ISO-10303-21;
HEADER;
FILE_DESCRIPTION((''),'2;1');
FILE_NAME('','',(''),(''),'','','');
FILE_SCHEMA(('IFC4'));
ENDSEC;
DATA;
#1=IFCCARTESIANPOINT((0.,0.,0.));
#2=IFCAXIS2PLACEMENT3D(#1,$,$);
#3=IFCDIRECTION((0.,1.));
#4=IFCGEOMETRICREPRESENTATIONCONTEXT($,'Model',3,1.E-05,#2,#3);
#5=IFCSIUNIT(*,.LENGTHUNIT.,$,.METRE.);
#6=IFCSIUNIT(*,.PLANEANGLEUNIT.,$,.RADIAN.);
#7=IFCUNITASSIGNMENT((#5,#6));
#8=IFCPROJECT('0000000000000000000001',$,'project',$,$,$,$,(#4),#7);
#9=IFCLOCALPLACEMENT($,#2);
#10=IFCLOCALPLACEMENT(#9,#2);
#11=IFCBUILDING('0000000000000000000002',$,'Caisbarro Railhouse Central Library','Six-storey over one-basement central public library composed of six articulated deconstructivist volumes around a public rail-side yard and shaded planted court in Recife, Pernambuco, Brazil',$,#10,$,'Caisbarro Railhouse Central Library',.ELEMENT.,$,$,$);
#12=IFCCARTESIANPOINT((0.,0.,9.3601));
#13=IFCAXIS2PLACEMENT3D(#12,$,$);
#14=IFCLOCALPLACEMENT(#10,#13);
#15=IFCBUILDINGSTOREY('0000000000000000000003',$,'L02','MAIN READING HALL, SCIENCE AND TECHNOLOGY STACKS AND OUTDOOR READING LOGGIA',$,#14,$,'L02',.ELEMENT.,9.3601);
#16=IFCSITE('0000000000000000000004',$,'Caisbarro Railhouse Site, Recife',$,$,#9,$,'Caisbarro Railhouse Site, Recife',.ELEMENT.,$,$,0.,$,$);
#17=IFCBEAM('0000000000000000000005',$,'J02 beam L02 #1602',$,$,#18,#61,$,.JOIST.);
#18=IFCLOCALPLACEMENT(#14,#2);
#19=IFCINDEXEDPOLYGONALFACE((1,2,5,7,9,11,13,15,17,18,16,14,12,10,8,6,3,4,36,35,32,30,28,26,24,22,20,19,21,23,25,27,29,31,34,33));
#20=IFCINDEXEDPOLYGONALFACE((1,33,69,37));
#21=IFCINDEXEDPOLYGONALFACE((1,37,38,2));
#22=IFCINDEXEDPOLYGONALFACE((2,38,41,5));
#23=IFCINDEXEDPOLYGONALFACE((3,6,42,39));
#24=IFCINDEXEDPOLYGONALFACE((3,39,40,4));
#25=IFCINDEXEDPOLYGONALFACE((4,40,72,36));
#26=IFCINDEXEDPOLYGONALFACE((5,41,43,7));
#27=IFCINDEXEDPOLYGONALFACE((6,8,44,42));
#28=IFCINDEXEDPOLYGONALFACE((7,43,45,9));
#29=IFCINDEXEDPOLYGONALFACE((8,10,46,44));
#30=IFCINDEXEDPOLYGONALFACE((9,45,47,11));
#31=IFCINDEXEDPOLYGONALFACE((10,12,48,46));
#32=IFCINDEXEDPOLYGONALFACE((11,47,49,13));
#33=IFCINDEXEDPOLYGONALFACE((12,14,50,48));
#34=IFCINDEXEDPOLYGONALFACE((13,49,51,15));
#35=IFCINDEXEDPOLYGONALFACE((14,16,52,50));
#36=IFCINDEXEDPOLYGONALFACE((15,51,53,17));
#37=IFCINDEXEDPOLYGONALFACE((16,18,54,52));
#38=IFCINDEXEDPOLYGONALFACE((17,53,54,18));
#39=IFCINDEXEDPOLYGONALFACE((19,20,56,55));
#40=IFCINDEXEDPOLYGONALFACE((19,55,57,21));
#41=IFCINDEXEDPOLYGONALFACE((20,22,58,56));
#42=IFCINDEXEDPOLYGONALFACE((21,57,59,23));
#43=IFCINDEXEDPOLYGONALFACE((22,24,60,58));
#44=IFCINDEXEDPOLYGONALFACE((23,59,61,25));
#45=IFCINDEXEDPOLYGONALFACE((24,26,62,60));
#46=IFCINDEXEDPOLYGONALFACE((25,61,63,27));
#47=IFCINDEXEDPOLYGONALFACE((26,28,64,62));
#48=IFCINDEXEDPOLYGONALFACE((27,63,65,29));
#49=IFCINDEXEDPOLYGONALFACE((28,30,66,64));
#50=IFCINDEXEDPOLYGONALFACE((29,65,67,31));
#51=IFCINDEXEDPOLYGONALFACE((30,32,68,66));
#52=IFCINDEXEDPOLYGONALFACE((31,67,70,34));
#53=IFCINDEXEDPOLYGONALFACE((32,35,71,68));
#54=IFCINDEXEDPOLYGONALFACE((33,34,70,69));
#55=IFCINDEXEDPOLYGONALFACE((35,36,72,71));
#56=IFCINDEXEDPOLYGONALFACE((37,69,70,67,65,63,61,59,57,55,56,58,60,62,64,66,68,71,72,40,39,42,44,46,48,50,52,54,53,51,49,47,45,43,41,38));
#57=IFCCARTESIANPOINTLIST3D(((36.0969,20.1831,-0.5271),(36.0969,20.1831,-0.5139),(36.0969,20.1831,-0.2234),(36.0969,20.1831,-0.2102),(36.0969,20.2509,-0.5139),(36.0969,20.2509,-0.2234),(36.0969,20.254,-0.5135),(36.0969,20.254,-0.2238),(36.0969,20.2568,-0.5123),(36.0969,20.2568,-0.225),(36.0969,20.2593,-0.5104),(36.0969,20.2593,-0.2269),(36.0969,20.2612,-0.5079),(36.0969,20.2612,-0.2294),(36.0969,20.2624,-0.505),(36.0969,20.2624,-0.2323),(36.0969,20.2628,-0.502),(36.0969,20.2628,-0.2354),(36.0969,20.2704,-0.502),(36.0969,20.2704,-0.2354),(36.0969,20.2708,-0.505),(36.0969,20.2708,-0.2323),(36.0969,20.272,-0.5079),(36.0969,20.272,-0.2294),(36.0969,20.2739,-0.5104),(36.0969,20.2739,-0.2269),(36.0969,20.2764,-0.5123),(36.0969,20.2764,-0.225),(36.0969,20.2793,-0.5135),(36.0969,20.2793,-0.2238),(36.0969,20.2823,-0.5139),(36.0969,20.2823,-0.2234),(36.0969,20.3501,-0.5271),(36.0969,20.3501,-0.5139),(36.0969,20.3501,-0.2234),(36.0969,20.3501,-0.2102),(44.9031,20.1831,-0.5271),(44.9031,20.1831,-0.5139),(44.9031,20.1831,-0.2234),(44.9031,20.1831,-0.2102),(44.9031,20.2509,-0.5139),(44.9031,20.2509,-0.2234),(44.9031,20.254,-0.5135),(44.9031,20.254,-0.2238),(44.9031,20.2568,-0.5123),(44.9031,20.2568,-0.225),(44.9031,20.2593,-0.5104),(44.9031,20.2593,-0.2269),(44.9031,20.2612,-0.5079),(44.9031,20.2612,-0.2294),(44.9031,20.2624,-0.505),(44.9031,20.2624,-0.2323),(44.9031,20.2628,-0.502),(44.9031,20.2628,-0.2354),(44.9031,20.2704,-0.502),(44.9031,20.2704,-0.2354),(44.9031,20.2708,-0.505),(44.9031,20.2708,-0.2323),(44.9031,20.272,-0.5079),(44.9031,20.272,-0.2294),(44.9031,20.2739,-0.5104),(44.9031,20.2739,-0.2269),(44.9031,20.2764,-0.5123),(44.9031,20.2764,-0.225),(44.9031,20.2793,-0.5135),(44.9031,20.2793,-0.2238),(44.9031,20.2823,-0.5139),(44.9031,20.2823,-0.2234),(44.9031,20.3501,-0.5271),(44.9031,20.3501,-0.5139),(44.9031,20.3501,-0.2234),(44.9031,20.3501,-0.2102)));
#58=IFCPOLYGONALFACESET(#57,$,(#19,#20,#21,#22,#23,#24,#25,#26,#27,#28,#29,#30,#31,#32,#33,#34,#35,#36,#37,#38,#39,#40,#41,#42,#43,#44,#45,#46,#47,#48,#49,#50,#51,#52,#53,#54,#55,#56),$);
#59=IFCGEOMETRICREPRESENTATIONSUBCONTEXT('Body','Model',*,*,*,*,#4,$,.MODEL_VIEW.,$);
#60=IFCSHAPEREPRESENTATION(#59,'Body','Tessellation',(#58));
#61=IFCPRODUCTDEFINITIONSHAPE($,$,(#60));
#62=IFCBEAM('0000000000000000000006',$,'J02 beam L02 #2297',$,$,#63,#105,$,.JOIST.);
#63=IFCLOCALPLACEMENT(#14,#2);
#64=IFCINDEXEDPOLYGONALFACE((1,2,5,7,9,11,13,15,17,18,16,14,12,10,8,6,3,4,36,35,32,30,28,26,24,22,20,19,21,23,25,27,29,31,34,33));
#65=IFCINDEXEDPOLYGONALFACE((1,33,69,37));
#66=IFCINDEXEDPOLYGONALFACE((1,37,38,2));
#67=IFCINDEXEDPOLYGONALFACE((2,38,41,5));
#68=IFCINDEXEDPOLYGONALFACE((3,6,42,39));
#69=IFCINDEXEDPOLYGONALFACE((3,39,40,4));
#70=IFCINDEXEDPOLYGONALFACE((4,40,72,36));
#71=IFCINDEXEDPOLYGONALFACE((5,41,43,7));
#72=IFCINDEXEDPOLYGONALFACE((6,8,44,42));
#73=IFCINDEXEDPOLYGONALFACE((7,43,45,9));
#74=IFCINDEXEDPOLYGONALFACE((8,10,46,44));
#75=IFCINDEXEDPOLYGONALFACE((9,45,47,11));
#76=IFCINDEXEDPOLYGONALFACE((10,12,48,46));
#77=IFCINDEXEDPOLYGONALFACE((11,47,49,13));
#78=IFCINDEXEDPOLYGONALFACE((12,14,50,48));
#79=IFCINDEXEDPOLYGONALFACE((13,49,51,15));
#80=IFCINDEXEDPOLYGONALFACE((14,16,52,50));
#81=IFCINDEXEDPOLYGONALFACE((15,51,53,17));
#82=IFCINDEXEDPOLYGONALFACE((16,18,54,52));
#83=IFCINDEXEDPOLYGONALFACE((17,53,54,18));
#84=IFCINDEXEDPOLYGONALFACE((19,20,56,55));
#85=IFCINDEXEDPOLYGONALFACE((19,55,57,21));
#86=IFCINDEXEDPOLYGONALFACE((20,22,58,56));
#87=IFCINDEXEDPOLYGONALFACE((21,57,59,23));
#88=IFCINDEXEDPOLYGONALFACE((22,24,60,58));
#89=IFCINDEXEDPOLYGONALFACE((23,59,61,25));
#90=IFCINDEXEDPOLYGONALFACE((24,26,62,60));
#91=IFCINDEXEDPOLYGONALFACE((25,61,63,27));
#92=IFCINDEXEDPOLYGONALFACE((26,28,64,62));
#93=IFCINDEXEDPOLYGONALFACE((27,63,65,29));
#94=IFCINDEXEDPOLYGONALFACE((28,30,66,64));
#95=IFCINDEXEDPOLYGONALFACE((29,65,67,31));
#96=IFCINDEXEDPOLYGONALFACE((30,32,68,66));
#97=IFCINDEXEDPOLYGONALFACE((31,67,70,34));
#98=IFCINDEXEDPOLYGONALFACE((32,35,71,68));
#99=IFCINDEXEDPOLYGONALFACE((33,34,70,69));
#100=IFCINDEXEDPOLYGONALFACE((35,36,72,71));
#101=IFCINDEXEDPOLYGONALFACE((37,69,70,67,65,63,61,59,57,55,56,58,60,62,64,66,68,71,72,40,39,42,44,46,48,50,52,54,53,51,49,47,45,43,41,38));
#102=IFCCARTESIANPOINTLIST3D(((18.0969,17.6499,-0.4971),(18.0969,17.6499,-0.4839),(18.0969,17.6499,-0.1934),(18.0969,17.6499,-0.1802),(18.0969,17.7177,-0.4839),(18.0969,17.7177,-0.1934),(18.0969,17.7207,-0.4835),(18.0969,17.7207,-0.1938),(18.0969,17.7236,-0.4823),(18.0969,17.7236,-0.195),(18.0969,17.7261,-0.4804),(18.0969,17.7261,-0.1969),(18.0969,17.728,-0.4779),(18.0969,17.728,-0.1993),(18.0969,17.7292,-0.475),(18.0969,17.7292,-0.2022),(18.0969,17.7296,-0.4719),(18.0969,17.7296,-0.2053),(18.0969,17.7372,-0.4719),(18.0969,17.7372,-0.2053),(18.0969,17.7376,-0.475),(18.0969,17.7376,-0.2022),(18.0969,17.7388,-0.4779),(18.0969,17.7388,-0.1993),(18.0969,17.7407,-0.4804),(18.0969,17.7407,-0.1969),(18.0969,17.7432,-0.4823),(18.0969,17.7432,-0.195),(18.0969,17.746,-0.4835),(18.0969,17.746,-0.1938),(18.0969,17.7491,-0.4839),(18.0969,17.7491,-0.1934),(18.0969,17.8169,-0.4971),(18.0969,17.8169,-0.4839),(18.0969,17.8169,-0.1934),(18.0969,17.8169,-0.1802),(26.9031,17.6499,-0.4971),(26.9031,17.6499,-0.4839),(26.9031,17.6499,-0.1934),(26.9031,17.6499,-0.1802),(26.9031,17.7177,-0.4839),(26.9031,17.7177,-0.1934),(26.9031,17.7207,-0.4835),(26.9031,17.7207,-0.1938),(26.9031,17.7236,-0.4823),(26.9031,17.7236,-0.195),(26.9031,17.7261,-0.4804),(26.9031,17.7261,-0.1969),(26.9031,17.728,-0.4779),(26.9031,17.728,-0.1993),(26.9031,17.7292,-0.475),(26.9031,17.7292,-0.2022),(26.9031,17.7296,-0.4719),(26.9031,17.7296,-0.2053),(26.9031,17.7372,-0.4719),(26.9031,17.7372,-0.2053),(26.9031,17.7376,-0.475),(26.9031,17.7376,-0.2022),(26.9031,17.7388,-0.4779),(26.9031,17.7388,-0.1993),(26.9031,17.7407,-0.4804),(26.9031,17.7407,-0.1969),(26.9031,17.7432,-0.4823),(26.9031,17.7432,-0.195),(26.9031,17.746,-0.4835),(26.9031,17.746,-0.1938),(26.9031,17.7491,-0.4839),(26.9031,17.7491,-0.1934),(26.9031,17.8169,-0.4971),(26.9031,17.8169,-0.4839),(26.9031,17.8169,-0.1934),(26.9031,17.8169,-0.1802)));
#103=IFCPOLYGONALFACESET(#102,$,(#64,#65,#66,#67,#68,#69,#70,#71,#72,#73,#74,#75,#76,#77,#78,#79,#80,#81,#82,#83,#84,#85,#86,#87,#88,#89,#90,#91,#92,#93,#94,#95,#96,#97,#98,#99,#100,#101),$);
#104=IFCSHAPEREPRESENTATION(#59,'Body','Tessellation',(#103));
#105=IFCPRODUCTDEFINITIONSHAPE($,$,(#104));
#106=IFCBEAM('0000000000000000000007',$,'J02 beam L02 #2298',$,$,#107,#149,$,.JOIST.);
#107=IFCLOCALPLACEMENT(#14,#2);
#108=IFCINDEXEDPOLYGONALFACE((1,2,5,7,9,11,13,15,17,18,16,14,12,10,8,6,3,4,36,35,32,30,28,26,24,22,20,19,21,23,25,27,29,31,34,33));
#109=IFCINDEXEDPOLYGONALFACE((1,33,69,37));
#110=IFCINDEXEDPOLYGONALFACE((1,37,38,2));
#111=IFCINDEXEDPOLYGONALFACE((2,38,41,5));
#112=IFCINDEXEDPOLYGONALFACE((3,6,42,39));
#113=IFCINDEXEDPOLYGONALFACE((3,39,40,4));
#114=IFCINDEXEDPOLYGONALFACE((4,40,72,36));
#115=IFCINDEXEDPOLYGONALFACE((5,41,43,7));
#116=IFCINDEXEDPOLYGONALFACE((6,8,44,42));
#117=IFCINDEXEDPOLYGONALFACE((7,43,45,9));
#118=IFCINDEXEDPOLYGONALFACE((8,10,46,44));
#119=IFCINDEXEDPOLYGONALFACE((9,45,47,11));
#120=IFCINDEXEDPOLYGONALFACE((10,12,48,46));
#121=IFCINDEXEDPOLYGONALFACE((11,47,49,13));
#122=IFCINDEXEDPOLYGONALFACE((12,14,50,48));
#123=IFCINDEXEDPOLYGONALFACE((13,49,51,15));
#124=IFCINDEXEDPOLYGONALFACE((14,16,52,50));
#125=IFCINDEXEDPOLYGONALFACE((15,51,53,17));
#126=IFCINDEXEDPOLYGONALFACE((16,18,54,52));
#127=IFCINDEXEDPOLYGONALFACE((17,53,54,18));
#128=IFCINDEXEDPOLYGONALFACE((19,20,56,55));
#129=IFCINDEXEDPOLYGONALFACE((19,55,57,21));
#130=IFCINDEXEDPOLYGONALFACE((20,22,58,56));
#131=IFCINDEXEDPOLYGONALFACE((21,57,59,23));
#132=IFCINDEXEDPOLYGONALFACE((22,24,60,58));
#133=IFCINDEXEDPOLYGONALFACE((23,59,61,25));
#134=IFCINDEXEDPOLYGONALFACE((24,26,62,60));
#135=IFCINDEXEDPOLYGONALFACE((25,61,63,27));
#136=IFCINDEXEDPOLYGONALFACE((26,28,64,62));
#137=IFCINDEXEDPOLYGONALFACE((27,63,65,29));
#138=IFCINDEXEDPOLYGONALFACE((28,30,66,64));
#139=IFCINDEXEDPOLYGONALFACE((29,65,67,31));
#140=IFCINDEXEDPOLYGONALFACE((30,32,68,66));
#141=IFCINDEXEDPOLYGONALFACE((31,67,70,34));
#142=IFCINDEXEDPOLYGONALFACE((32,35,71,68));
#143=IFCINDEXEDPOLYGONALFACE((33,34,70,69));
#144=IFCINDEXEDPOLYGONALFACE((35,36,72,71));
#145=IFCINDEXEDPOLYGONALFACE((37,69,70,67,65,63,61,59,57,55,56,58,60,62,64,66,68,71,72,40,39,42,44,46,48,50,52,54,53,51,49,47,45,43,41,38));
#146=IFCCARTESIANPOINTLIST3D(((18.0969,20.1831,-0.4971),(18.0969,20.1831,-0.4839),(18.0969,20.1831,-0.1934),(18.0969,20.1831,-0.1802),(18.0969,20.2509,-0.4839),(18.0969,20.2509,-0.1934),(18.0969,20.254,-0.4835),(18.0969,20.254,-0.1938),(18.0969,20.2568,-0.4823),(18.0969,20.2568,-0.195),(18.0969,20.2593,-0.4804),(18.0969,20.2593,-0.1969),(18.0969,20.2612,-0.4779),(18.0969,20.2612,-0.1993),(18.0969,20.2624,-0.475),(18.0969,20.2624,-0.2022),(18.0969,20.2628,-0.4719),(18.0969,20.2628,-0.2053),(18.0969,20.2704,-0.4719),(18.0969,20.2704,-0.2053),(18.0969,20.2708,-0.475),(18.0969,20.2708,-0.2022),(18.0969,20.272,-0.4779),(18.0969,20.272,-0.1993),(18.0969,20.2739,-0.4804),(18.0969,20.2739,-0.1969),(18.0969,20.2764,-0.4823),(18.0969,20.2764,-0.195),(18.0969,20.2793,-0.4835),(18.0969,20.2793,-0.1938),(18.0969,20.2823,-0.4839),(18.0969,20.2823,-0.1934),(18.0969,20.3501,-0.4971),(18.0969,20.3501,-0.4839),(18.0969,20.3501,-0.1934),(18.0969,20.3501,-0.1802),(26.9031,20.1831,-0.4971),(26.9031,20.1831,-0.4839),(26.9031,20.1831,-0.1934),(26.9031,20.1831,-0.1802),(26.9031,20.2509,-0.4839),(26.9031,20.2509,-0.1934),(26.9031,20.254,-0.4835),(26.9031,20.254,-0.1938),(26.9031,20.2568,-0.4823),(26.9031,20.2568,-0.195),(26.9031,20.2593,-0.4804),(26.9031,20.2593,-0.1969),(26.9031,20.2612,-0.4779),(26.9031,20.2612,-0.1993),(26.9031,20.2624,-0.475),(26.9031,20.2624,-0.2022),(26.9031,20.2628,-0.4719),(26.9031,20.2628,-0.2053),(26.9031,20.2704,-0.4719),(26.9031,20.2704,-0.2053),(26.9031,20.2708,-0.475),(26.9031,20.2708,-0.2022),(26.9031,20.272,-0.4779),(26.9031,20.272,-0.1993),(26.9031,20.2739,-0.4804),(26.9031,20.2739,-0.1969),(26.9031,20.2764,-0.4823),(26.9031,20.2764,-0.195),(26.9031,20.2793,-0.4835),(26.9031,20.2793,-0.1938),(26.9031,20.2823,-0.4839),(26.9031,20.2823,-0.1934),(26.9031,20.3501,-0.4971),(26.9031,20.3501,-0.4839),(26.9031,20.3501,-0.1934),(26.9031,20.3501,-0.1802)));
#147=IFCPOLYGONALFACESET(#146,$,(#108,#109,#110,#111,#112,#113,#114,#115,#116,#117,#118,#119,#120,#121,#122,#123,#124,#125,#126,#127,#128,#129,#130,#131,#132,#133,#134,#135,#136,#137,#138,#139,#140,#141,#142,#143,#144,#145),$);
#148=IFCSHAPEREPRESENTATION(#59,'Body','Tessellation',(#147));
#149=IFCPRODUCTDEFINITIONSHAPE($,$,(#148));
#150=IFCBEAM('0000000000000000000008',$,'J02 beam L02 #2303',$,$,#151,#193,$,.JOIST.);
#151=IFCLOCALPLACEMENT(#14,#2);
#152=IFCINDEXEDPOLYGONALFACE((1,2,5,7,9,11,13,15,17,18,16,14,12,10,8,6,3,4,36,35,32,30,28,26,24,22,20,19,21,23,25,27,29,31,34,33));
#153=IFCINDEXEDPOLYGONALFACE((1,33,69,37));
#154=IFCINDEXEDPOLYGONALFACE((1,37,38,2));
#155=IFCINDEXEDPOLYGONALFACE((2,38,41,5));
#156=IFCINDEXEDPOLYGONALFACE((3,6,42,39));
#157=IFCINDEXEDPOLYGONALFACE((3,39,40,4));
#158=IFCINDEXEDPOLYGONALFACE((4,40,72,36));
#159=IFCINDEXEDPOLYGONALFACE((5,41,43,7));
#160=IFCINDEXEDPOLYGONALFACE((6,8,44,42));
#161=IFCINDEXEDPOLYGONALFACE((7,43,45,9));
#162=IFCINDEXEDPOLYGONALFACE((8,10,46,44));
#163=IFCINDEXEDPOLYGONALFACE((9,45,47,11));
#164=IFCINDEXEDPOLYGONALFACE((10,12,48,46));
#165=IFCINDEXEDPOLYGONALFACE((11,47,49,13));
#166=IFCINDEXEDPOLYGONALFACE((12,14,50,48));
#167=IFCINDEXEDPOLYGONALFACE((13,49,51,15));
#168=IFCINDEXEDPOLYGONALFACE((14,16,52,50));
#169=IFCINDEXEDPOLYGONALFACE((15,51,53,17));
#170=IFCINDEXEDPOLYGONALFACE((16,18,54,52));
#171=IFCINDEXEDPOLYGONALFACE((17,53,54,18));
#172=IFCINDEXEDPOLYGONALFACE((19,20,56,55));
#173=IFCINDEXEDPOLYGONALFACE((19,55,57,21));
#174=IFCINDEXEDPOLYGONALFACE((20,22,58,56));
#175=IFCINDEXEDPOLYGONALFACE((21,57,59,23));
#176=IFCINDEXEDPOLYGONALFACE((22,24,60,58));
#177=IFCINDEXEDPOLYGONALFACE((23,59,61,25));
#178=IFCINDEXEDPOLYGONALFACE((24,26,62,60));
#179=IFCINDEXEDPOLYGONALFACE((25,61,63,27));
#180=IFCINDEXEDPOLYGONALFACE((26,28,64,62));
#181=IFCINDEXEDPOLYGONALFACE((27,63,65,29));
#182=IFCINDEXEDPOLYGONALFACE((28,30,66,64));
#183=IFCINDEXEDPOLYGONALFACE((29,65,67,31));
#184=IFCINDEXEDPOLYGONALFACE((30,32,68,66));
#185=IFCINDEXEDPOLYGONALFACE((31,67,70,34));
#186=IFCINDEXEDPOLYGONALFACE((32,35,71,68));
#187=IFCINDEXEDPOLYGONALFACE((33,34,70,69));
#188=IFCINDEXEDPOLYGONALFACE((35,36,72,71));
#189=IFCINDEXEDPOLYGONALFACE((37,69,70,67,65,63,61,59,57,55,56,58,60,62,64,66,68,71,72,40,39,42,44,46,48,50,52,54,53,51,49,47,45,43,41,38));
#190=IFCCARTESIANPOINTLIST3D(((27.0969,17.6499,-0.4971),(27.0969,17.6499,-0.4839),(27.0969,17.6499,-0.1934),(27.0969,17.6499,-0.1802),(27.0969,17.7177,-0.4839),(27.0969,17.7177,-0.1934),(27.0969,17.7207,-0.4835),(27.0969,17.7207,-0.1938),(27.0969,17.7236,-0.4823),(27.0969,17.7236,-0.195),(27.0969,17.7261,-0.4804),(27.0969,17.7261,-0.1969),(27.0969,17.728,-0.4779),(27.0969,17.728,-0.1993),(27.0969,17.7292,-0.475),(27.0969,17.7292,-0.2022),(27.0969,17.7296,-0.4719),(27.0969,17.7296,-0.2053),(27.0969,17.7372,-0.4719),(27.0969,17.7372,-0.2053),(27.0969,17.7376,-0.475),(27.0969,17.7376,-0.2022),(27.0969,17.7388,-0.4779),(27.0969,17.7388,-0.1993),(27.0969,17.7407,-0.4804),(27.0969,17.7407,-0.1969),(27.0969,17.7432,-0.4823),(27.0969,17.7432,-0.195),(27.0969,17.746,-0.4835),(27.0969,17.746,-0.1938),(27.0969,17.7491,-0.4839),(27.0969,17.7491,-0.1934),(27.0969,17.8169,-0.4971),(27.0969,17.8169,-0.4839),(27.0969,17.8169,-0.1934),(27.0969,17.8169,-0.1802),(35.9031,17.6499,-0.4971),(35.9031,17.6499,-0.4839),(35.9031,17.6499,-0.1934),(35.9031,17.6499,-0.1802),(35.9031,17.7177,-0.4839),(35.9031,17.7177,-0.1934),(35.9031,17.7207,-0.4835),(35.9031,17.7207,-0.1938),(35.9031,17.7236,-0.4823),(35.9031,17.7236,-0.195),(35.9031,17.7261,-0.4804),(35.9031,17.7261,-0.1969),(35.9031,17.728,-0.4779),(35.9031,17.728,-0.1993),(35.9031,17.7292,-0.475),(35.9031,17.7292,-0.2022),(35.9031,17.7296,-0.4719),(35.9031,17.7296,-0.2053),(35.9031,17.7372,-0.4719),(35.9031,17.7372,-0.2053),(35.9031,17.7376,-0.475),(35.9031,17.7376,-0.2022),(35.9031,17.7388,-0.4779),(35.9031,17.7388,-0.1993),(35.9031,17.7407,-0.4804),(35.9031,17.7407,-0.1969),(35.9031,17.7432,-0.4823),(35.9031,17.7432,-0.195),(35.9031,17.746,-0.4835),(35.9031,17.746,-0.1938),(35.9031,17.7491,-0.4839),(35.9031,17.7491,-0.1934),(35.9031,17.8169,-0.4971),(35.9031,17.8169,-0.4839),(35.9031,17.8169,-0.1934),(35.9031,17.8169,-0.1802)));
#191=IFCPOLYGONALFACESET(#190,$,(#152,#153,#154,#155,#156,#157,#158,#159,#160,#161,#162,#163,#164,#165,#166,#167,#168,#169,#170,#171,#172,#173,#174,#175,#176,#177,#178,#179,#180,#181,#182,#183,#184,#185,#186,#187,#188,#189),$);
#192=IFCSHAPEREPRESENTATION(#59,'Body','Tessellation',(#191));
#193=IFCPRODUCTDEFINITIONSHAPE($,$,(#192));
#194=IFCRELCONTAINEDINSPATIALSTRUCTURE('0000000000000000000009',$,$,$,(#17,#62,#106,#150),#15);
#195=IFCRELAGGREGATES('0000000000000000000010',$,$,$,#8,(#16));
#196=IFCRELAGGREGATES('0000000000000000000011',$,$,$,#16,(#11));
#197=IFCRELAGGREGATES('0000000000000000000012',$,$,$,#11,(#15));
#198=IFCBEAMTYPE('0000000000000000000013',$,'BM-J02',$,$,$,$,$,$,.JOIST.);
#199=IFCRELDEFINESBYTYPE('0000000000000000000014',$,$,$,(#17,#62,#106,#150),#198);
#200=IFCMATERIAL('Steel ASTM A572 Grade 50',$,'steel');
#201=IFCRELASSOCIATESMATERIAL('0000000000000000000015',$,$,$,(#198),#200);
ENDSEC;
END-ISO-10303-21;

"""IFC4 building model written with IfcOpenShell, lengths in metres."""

from ifc_helpers import new_model, si_unit, direction, frame, origin, origin_2d, place, context, subcontext, project, spatial, i_section, extrude, material, material_profile, profile_set, type_object, element, save


model = new_model("IFC4")

# Units and contexts
model_context = context("Model", 3, precision=1e-05, world=origin(), true_north=direction((0.0, 1.0)))
body_context = subcontext(model_context, "Body", "Model", "MODEL_VIEW")
ifc_project = project(units=[si_unit("LENGTHUNIT", "METRE"), si_unit("PLANEANGLEUNIT", "RADIAN")], contexts=[model_context])

# Site, building, storey
site_placement = place(None, origin())
site = spatial("IfcSite", under=ifc_project, at=site_placement, Name="Caisbarro Railhouse Site, Recife", LongName="Caisbarro Railhouse Site, Recife", CompositionType="ELEMENT", RefElevation=0.0)
building_placement = place(site_placement, origin())
building = spatial("IfcBuilding", under=site, at=building_placement, Name="Caisbarro Railhouse Central Library", Description="Six-storey over one-basement central public library composed of six articulated deconstructivist volumes around a public rail-side yard and shaded planted court in Recife, Pernambuco, Brazil", LongName="Caisbarro Railhouse Central Library", CompositionType="ELEMENT")
storey_placement = place(building_placement, frame((0.0, 0.0, 9.3601)))
storey = spatial("IfcBuildingStorey", under=building, at=storey_placement, Name="L02", Description="MAIN READING HALL, SCIENCE AND TECHNOLOGY STACKS AND OUTDOOR READING LOGGIA", LongName="L02", CompositionType="ELEMENT", Elevation=9.3601)

# Shared definitions
ifc_material_1 = material(Name="Steel ASTM A572 Grade 50", Category="steel")

# Beams
ifc_material_profile_1 = material_profile(ifc_material_1, i_section(OverallWidth=0.167, OverallDepth=0.3169, WebThickness=0.0076, FlangeThickness=0.0132, FilletRadius=0.012, at=origin_2d()), Name="W310X52.0")
ifc_profile_set_1 = profile_set([ifc_material_profile_1], Name="Steel ASTM A572 Grade 50")
beam_type_1 = type_object("IfcBeamType", Name="BM-J02", PredefinedType="JOIST", material=ifc_profile_set_1)
for number, where, z_axis, x_axis, name in (
    (1, (36.0969, 20.2666, -0.3687), (1.0, 0.0, 0.0), (0.0, 1.0, 0.0), "J02 beam L02 #1602"),
    (2, (18.0969, 17.7334, -0.3386), (1.0, 0.0, 0.0), (0.0, 1.0, 0.0), "J02 beam L02 #2297"),
    (3, (18.0969, 20.2666, -0.3386), (1.0, 0.0, 0.0), (0.0, 1.0, 0.0), "J02 beam L02 #2298"),
    (4, (27.0969, 17.7334, -0.3386), (1.0, 0.0, 0.0), (0.0, 1.0, 0.0), "J02 beam L02 #2303"),
):
    element("IfcBeam", number, at=place(storey_placement, frame(where, z_axis=z_axis, x_axis=x_axis)), inside=storey, type_object=beam_type_1, Name=name, PredefinedType="JOIST", context=body_context, shape_type="SweptSolid", body=[
        extrude(i_section(OverallWidth=0.167, OverallDepth=0.3169, WebThickness=0.0076, FlangeThickness=0.0132, FilletRadius=0.012, at=origin_2d()), origin(), (0.0, 0.0, 1.0), 8.8062),
    ])

save(model, "model.ifc")
